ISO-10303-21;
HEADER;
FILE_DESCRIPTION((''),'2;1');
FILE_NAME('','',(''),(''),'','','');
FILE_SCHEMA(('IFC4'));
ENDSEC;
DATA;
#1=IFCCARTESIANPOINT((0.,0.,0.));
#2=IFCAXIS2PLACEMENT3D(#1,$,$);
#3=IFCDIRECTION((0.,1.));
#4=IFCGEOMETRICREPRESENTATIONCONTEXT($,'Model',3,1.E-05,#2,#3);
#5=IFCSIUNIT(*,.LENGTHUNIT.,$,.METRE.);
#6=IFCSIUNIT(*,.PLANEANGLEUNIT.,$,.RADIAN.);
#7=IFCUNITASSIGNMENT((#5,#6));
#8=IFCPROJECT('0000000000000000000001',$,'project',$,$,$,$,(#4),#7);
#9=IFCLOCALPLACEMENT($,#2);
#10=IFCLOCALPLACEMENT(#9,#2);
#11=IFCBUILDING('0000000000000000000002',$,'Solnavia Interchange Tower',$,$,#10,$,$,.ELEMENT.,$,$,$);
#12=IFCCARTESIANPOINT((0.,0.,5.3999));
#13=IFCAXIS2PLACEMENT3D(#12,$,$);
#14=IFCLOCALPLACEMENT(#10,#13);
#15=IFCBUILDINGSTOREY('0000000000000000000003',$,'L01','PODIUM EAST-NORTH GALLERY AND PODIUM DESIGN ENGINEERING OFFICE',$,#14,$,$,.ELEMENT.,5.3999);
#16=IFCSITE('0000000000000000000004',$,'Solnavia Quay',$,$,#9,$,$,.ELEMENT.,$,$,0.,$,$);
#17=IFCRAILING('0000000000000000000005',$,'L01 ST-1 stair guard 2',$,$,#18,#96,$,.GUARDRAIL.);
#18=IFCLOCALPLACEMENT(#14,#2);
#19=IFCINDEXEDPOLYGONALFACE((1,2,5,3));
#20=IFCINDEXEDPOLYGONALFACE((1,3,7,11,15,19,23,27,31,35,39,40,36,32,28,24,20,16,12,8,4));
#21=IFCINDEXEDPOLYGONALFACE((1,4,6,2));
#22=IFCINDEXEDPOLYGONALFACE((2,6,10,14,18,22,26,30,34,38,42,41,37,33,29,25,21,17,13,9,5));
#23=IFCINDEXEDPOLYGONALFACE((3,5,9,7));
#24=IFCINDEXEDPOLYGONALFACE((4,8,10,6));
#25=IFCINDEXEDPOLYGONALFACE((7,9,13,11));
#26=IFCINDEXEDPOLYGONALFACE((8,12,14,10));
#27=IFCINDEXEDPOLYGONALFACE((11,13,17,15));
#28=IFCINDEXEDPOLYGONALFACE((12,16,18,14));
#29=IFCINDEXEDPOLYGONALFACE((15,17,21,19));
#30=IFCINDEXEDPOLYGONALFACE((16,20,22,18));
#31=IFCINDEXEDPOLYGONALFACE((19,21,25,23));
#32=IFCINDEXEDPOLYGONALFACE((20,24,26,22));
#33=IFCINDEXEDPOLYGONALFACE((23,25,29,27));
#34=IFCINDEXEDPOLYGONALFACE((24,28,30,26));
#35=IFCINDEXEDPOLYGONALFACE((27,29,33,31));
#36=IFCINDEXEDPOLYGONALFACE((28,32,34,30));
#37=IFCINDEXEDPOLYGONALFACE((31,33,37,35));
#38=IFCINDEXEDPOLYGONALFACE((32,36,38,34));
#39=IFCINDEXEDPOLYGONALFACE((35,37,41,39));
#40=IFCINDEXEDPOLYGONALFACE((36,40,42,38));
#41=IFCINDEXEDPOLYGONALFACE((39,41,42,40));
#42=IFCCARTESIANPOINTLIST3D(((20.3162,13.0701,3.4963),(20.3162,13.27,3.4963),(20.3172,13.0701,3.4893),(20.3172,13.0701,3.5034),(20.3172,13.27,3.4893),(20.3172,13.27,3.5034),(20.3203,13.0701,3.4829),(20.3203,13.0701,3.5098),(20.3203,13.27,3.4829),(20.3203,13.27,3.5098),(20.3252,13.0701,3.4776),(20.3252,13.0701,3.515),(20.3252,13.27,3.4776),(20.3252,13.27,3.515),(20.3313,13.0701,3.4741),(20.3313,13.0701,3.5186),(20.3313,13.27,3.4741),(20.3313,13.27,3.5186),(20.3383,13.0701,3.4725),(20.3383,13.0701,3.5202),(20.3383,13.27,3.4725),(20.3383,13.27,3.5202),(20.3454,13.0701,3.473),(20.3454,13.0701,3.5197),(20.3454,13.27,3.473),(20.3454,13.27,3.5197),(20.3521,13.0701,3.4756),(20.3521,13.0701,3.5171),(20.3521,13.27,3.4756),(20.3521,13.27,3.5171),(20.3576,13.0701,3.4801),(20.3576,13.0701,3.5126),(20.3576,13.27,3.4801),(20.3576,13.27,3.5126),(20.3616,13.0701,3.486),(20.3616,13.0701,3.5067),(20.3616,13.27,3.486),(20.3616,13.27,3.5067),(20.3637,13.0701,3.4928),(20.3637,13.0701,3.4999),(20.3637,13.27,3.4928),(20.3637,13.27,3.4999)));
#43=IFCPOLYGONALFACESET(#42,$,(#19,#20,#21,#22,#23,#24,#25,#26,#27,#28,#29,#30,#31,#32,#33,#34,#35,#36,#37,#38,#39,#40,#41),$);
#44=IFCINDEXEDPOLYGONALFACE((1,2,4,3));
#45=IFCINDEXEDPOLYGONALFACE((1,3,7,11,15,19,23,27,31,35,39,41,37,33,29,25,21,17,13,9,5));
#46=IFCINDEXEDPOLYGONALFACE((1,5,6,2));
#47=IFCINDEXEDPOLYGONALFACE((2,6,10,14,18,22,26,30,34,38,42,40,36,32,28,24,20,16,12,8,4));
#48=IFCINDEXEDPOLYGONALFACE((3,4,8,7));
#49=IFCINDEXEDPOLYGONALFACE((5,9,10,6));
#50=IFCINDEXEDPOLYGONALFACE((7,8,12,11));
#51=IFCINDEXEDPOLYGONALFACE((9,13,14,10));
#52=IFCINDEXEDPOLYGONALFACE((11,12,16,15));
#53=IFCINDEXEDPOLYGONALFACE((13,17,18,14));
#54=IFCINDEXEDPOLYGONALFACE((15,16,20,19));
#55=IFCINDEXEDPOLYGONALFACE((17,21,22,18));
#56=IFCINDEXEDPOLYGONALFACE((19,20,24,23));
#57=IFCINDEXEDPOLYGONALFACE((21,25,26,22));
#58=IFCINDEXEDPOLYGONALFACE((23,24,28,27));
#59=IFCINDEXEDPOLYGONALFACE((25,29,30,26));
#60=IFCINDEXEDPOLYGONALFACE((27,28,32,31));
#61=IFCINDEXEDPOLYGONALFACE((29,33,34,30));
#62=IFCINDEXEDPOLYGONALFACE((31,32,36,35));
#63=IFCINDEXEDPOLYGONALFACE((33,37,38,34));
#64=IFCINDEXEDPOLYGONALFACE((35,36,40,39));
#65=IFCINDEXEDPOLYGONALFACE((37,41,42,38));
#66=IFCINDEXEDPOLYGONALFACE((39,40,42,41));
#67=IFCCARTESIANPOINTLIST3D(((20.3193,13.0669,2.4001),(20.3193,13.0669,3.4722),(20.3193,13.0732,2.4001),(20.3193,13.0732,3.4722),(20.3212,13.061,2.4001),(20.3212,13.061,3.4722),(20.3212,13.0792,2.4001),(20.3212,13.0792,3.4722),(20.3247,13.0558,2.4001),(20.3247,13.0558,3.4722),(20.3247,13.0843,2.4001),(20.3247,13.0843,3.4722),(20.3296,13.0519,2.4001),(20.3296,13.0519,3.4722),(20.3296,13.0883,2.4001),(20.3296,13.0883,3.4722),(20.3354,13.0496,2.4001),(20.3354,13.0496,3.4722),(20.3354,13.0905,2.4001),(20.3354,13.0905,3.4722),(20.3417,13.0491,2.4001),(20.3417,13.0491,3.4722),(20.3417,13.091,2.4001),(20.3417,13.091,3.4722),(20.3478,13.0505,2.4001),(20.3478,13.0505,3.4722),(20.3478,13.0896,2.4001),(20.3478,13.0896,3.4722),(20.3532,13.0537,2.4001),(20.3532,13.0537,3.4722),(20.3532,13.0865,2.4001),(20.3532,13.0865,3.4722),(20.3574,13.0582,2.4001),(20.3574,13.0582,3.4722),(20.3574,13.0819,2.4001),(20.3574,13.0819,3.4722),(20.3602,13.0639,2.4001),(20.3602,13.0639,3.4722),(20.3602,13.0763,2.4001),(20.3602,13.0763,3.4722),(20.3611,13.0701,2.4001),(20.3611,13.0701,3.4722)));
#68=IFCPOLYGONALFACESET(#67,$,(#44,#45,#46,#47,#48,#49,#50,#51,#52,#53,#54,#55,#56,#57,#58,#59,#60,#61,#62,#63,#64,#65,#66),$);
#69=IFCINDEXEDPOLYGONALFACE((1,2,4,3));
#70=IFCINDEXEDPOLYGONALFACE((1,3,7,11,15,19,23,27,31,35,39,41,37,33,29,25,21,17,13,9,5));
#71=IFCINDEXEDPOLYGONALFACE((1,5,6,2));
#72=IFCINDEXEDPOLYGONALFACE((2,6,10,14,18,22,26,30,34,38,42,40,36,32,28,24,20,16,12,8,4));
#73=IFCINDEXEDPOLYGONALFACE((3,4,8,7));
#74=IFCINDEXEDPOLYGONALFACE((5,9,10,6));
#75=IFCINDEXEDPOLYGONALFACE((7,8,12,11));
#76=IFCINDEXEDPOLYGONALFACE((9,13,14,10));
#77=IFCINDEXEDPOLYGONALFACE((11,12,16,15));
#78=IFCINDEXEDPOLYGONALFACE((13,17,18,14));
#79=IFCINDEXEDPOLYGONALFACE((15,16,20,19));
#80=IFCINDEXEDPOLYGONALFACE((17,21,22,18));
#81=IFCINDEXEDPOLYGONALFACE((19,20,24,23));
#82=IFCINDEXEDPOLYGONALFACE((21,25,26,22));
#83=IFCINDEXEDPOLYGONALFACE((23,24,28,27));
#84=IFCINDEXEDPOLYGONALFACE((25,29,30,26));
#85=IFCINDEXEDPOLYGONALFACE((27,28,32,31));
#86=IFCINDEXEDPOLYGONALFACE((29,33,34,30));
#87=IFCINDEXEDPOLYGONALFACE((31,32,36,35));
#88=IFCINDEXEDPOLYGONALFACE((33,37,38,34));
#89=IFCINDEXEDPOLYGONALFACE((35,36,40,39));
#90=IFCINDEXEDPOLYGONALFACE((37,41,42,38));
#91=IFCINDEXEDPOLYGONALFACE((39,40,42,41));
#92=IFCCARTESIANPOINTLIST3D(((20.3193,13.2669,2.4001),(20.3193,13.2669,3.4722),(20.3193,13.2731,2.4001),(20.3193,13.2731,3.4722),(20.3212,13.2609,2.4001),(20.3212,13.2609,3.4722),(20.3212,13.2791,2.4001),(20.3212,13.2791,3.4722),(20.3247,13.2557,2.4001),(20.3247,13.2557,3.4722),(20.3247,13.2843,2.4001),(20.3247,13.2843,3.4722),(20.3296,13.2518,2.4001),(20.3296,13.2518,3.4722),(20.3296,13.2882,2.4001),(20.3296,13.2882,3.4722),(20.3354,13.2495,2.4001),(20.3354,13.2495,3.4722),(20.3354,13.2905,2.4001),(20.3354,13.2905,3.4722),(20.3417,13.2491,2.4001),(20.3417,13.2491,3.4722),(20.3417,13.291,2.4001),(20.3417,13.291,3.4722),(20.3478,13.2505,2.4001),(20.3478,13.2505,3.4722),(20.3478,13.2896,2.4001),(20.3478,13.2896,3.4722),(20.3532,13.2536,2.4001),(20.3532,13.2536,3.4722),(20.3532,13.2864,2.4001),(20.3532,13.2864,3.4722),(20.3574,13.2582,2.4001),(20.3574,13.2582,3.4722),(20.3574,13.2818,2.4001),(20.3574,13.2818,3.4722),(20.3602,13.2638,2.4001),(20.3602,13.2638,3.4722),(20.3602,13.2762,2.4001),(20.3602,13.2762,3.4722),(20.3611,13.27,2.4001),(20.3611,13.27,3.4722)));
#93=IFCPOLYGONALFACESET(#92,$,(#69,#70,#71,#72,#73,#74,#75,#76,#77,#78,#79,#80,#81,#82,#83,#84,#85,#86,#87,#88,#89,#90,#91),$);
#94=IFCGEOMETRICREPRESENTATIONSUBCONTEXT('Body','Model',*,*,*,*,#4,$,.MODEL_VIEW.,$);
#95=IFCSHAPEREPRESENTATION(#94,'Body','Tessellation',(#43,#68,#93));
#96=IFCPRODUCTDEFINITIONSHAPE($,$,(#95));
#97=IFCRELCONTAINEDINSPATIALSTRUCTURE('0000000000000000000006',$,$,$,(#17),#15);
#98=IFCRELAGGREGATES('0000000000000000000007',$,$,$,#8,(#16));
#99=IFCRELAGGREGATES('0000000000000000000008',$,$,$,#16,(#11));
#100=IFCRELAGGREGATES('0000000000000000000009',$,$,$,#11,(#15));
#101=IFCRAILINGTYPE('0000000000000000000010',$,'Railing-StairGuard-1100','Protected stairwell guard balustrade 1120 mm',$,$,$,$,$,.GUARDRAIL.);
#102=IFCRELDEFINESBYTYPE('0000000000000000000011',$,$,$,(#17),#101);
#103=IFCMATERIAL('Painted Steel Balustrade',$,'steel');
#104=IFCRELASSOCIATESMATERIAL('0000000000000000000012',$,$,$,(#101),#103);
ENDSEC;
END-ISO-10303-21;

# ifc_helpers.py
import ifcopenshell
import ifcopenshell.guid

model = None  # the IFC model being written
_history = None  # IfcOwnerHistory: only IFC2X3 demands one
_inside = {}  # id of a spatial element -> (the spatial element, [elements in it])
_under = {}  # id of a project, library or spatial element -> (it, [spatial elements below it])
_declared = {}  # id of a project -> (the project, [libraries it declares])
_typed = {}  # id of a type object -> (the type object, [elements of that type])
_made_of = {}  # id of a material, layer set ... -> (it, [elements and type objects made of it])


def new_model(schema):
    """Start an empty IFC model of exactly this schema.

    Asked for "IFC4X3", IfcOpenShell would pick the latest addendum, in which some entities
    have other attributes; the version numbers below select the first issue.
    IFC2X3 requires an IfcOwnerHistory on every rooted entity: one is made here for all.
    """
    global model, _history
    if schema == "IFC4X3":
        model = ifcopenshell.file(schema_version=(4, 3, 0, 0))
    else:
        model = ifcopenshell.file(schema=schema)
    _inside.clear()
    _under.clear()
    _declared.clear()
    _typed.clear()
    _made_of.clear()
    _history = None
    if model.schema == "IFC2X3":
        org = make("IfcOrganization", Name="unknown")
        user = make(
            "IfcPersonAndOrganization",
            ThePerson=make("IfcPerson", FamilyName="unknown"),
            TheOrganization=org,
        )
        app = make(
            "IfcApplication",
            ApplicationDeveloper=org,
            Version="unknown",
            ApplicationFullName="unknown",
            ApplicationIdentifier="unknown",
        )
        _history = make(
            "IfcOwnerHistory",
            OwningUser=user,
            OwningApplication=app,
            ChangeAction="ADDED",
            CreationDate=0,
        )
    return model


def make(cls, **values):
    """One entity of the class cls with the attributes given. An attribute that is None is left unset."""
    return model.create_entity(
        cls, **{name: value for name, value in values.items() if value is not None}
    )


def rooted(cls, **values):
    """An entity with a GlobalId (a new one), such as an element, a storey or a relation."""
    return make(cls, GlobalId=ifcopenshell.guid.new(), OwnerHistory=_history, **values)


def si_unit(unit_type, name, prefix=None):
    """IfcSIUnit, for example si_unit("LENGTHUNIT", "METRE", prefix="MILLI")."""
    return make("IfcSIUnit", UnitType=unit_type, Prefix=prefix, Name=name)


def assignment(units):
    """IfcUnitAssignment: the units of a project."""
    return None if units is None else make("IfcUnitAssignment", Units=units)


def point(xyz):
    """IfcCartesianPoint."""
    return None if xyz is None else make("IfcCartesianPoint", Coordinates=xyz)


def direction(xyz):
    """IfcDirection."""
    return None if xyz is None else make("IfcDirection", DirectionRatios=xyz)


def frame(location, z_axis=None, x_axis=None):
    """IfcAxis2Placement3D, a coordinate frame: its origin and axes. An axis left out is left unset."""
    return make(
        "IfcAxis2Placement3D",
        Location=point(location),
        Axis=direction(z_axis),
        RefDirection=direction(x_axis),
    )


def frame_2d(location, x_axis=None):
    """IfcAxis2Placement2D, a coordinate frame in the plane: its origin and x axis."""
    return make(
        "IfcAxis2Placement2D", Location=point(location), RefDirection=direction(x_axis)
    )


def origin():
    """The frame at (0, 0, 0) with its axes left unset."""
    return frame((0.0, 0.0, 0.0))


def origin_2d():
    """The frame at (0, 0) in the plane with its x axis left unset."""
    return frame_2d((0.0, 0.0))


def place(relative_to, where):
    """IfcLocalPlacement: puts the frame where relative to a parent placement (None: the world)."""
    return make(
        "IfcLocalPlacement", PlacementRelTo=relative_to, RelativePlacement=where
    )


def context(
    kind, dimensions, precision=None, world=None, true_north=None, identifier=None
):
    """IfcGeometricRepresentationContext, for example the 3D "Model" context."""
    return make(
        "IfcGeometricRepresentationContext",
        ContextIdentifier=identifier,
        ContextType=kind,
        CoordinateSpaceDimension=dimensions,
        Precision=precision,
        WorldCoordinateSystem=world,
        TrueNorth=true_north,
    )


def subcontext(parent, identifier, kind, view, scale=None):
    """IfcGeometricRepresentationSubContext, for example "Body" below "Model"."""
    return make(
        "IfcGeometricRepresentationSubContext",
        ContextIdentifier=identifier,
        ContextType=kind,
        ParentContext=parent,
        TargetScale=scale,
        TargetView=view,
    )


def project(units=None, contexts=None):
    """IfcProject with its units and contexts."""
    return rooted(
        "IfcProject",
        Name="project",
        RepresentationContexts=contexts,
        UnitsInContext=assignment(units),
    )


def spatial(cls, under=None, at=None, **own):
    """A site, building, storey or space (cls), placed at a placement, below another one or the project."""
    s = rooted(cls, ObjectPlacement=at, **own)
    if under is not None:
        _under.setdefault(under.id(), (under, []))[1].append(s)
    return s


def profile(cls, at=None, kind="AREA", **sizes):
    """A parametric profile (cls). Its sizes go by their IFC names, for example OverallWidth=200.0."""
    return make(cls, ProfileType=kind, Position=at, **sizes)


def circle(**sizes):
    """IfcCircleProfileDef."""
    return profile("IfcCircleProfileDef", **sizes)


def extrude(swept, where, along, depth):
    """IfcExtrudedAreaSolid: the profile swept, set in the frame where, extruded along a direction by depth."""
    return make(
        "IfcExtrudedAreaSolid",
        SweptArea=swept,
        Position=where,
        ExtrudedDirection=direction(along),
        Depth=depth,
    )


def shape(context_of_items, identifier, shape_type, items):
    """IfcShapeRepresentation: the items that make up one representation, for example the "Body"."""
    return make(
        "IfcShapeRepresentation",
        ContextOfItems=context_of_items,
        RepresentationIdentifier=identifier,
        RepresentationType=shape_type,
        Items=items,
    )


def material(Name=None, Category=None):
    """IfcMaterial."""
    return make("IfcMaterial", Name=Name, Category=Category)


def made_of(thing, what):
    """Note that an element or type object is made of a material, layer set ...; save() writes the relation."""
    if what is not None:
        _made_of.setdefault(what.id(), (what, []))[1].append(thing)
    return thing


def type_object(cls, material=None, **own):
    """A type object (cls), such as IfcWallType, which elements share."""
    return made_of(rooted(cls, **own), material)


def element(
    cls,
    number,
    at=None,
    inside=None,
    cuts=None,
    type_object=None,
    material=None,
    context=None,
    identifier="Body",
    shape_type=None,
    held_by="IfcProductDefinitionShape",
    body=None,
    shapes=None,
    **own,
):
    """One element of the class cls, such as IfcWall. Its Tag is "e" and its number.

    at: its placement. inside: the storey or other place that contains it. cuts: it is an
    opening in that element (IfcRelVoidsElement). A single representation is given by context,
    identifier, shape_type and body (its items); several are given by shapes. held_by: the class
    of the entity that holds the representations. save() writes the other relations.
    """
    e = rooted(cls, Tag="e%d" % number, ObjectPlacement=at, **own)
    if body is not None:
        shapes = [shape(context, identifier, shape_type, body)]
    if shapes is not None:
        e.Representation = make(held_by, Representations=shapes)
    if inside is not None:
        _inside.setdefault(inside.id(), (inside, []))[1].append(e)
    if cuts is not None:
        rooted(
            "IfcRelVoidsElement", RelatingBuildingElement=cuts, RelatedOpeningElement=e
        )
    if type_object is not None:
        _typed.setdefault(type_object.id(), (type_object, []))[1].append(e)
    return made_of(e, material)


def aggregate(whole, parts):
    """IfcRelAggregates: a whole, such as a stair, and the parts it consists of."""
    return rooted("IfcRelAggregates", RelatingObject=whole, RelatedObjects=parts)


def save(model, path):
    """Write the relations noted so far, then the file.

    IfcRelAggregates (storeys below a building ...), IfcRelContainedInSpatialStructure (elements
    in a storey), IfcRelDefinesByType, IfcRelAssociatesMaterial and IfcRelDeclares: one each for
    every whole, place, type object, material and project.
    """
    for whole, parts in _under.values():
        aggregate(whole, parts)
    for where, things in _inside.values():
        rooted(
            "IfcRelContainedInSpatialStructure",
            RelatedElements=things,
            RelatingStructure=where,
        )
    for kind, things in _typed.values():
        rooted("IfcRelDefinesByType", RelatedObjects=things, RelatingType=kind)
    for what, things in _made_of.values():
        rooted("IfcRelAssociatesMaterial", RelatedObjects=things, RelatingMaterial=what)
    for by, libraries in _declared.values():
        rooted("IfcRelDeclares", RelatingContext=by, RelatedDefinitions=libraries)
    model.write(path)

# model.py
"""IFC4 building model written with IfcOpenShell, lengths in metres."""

from ifc_helpers import new_model, si_unit, direction, frame, origin, origin_2d, place, context, subcontext, project, spatial, circle, extrude, material, type_object, element, save


model = new_model("IFC4")

# Units and contexts
model_context = context("Model", 3, precision=1e-05, world=origin(), true_north=direction((0.0, 1.0)))
body_context = subcontext(model_context, "Body", "Model", "MODEL_VIEW")
ifc_project = project(units=[si_unit("LENGTHUNIT", "METRE"), si_unit("PLANEANGLEUNIT", "RADIAN")], contexts=[model_context])

# Site, building, storey
site_placement = place(None, origin())
site = spatial("IfcSite", under=ifc_project, at=site_placement, Name="Solnavia Quay", CompositionType="ELEMENT", RefElevation=0.0)
building_placement = place(site_placement, origin())
building = spatial("IfcBuilding", under=site, at=building_placement, Name="Solnavia Interchange Tower", CompositionType="ELEMENT")
storey_placement = place(building_placement, frame((0.0, 0.0, 5.3999)))
storey = spatial("IfcBuildingStorey", under=building, at=storey_placement, Name="L01", Description="PODIUM EAST-NORTH GALLERY AND PODIUM DESIGN ENGINEERING OFFICE", CompositionType="ELEMENT", Elevation=5.3999)

# Railing
ifc_material_1 = material(Name="Painted Steel Balustrade", Category="steel")
railing_type_1 = type_object("IfcRailingType", Name="Railing-StairGuard-1100", Description="Protected stairwell guard balustrade 1120 mm", PredefinedType="GUARDRAIL", material=ifc_material_1)
railing_1_placement = place(storey_placement, frame((20.3401, 13.0701, 2.4001)))
element("IfcRailing", 1, at=railing_1_placement, inside=storey, type_object=railing_type_1, Name="L01 ST-1 stair guard 2", PredefinedType="GUARDRAIL", context=body_context, shape_type="SweptSolid", body=[
    extrude(circle(Radius=0.0239, at=origin_2d()), frame((0.0, 0.0, 1.0962), z_axis=(0.0, 1.0, 0.0), x_axis=(-1.0, 0.0, 0.0)), (0.0, 0.0, 1.0), 0.2),
    extrude(circle(Radius=0.021, at=origin_2d()), origin(), (0.0, 0.0, 1.0), 1.072),
    extrude(circle(Radius=0.021, at=origin_2d()), frame((0.0, 0.2, 0.0)), (0.0, 0.0, 1.0), 1.072),
])

save(model, "model.ifc")
